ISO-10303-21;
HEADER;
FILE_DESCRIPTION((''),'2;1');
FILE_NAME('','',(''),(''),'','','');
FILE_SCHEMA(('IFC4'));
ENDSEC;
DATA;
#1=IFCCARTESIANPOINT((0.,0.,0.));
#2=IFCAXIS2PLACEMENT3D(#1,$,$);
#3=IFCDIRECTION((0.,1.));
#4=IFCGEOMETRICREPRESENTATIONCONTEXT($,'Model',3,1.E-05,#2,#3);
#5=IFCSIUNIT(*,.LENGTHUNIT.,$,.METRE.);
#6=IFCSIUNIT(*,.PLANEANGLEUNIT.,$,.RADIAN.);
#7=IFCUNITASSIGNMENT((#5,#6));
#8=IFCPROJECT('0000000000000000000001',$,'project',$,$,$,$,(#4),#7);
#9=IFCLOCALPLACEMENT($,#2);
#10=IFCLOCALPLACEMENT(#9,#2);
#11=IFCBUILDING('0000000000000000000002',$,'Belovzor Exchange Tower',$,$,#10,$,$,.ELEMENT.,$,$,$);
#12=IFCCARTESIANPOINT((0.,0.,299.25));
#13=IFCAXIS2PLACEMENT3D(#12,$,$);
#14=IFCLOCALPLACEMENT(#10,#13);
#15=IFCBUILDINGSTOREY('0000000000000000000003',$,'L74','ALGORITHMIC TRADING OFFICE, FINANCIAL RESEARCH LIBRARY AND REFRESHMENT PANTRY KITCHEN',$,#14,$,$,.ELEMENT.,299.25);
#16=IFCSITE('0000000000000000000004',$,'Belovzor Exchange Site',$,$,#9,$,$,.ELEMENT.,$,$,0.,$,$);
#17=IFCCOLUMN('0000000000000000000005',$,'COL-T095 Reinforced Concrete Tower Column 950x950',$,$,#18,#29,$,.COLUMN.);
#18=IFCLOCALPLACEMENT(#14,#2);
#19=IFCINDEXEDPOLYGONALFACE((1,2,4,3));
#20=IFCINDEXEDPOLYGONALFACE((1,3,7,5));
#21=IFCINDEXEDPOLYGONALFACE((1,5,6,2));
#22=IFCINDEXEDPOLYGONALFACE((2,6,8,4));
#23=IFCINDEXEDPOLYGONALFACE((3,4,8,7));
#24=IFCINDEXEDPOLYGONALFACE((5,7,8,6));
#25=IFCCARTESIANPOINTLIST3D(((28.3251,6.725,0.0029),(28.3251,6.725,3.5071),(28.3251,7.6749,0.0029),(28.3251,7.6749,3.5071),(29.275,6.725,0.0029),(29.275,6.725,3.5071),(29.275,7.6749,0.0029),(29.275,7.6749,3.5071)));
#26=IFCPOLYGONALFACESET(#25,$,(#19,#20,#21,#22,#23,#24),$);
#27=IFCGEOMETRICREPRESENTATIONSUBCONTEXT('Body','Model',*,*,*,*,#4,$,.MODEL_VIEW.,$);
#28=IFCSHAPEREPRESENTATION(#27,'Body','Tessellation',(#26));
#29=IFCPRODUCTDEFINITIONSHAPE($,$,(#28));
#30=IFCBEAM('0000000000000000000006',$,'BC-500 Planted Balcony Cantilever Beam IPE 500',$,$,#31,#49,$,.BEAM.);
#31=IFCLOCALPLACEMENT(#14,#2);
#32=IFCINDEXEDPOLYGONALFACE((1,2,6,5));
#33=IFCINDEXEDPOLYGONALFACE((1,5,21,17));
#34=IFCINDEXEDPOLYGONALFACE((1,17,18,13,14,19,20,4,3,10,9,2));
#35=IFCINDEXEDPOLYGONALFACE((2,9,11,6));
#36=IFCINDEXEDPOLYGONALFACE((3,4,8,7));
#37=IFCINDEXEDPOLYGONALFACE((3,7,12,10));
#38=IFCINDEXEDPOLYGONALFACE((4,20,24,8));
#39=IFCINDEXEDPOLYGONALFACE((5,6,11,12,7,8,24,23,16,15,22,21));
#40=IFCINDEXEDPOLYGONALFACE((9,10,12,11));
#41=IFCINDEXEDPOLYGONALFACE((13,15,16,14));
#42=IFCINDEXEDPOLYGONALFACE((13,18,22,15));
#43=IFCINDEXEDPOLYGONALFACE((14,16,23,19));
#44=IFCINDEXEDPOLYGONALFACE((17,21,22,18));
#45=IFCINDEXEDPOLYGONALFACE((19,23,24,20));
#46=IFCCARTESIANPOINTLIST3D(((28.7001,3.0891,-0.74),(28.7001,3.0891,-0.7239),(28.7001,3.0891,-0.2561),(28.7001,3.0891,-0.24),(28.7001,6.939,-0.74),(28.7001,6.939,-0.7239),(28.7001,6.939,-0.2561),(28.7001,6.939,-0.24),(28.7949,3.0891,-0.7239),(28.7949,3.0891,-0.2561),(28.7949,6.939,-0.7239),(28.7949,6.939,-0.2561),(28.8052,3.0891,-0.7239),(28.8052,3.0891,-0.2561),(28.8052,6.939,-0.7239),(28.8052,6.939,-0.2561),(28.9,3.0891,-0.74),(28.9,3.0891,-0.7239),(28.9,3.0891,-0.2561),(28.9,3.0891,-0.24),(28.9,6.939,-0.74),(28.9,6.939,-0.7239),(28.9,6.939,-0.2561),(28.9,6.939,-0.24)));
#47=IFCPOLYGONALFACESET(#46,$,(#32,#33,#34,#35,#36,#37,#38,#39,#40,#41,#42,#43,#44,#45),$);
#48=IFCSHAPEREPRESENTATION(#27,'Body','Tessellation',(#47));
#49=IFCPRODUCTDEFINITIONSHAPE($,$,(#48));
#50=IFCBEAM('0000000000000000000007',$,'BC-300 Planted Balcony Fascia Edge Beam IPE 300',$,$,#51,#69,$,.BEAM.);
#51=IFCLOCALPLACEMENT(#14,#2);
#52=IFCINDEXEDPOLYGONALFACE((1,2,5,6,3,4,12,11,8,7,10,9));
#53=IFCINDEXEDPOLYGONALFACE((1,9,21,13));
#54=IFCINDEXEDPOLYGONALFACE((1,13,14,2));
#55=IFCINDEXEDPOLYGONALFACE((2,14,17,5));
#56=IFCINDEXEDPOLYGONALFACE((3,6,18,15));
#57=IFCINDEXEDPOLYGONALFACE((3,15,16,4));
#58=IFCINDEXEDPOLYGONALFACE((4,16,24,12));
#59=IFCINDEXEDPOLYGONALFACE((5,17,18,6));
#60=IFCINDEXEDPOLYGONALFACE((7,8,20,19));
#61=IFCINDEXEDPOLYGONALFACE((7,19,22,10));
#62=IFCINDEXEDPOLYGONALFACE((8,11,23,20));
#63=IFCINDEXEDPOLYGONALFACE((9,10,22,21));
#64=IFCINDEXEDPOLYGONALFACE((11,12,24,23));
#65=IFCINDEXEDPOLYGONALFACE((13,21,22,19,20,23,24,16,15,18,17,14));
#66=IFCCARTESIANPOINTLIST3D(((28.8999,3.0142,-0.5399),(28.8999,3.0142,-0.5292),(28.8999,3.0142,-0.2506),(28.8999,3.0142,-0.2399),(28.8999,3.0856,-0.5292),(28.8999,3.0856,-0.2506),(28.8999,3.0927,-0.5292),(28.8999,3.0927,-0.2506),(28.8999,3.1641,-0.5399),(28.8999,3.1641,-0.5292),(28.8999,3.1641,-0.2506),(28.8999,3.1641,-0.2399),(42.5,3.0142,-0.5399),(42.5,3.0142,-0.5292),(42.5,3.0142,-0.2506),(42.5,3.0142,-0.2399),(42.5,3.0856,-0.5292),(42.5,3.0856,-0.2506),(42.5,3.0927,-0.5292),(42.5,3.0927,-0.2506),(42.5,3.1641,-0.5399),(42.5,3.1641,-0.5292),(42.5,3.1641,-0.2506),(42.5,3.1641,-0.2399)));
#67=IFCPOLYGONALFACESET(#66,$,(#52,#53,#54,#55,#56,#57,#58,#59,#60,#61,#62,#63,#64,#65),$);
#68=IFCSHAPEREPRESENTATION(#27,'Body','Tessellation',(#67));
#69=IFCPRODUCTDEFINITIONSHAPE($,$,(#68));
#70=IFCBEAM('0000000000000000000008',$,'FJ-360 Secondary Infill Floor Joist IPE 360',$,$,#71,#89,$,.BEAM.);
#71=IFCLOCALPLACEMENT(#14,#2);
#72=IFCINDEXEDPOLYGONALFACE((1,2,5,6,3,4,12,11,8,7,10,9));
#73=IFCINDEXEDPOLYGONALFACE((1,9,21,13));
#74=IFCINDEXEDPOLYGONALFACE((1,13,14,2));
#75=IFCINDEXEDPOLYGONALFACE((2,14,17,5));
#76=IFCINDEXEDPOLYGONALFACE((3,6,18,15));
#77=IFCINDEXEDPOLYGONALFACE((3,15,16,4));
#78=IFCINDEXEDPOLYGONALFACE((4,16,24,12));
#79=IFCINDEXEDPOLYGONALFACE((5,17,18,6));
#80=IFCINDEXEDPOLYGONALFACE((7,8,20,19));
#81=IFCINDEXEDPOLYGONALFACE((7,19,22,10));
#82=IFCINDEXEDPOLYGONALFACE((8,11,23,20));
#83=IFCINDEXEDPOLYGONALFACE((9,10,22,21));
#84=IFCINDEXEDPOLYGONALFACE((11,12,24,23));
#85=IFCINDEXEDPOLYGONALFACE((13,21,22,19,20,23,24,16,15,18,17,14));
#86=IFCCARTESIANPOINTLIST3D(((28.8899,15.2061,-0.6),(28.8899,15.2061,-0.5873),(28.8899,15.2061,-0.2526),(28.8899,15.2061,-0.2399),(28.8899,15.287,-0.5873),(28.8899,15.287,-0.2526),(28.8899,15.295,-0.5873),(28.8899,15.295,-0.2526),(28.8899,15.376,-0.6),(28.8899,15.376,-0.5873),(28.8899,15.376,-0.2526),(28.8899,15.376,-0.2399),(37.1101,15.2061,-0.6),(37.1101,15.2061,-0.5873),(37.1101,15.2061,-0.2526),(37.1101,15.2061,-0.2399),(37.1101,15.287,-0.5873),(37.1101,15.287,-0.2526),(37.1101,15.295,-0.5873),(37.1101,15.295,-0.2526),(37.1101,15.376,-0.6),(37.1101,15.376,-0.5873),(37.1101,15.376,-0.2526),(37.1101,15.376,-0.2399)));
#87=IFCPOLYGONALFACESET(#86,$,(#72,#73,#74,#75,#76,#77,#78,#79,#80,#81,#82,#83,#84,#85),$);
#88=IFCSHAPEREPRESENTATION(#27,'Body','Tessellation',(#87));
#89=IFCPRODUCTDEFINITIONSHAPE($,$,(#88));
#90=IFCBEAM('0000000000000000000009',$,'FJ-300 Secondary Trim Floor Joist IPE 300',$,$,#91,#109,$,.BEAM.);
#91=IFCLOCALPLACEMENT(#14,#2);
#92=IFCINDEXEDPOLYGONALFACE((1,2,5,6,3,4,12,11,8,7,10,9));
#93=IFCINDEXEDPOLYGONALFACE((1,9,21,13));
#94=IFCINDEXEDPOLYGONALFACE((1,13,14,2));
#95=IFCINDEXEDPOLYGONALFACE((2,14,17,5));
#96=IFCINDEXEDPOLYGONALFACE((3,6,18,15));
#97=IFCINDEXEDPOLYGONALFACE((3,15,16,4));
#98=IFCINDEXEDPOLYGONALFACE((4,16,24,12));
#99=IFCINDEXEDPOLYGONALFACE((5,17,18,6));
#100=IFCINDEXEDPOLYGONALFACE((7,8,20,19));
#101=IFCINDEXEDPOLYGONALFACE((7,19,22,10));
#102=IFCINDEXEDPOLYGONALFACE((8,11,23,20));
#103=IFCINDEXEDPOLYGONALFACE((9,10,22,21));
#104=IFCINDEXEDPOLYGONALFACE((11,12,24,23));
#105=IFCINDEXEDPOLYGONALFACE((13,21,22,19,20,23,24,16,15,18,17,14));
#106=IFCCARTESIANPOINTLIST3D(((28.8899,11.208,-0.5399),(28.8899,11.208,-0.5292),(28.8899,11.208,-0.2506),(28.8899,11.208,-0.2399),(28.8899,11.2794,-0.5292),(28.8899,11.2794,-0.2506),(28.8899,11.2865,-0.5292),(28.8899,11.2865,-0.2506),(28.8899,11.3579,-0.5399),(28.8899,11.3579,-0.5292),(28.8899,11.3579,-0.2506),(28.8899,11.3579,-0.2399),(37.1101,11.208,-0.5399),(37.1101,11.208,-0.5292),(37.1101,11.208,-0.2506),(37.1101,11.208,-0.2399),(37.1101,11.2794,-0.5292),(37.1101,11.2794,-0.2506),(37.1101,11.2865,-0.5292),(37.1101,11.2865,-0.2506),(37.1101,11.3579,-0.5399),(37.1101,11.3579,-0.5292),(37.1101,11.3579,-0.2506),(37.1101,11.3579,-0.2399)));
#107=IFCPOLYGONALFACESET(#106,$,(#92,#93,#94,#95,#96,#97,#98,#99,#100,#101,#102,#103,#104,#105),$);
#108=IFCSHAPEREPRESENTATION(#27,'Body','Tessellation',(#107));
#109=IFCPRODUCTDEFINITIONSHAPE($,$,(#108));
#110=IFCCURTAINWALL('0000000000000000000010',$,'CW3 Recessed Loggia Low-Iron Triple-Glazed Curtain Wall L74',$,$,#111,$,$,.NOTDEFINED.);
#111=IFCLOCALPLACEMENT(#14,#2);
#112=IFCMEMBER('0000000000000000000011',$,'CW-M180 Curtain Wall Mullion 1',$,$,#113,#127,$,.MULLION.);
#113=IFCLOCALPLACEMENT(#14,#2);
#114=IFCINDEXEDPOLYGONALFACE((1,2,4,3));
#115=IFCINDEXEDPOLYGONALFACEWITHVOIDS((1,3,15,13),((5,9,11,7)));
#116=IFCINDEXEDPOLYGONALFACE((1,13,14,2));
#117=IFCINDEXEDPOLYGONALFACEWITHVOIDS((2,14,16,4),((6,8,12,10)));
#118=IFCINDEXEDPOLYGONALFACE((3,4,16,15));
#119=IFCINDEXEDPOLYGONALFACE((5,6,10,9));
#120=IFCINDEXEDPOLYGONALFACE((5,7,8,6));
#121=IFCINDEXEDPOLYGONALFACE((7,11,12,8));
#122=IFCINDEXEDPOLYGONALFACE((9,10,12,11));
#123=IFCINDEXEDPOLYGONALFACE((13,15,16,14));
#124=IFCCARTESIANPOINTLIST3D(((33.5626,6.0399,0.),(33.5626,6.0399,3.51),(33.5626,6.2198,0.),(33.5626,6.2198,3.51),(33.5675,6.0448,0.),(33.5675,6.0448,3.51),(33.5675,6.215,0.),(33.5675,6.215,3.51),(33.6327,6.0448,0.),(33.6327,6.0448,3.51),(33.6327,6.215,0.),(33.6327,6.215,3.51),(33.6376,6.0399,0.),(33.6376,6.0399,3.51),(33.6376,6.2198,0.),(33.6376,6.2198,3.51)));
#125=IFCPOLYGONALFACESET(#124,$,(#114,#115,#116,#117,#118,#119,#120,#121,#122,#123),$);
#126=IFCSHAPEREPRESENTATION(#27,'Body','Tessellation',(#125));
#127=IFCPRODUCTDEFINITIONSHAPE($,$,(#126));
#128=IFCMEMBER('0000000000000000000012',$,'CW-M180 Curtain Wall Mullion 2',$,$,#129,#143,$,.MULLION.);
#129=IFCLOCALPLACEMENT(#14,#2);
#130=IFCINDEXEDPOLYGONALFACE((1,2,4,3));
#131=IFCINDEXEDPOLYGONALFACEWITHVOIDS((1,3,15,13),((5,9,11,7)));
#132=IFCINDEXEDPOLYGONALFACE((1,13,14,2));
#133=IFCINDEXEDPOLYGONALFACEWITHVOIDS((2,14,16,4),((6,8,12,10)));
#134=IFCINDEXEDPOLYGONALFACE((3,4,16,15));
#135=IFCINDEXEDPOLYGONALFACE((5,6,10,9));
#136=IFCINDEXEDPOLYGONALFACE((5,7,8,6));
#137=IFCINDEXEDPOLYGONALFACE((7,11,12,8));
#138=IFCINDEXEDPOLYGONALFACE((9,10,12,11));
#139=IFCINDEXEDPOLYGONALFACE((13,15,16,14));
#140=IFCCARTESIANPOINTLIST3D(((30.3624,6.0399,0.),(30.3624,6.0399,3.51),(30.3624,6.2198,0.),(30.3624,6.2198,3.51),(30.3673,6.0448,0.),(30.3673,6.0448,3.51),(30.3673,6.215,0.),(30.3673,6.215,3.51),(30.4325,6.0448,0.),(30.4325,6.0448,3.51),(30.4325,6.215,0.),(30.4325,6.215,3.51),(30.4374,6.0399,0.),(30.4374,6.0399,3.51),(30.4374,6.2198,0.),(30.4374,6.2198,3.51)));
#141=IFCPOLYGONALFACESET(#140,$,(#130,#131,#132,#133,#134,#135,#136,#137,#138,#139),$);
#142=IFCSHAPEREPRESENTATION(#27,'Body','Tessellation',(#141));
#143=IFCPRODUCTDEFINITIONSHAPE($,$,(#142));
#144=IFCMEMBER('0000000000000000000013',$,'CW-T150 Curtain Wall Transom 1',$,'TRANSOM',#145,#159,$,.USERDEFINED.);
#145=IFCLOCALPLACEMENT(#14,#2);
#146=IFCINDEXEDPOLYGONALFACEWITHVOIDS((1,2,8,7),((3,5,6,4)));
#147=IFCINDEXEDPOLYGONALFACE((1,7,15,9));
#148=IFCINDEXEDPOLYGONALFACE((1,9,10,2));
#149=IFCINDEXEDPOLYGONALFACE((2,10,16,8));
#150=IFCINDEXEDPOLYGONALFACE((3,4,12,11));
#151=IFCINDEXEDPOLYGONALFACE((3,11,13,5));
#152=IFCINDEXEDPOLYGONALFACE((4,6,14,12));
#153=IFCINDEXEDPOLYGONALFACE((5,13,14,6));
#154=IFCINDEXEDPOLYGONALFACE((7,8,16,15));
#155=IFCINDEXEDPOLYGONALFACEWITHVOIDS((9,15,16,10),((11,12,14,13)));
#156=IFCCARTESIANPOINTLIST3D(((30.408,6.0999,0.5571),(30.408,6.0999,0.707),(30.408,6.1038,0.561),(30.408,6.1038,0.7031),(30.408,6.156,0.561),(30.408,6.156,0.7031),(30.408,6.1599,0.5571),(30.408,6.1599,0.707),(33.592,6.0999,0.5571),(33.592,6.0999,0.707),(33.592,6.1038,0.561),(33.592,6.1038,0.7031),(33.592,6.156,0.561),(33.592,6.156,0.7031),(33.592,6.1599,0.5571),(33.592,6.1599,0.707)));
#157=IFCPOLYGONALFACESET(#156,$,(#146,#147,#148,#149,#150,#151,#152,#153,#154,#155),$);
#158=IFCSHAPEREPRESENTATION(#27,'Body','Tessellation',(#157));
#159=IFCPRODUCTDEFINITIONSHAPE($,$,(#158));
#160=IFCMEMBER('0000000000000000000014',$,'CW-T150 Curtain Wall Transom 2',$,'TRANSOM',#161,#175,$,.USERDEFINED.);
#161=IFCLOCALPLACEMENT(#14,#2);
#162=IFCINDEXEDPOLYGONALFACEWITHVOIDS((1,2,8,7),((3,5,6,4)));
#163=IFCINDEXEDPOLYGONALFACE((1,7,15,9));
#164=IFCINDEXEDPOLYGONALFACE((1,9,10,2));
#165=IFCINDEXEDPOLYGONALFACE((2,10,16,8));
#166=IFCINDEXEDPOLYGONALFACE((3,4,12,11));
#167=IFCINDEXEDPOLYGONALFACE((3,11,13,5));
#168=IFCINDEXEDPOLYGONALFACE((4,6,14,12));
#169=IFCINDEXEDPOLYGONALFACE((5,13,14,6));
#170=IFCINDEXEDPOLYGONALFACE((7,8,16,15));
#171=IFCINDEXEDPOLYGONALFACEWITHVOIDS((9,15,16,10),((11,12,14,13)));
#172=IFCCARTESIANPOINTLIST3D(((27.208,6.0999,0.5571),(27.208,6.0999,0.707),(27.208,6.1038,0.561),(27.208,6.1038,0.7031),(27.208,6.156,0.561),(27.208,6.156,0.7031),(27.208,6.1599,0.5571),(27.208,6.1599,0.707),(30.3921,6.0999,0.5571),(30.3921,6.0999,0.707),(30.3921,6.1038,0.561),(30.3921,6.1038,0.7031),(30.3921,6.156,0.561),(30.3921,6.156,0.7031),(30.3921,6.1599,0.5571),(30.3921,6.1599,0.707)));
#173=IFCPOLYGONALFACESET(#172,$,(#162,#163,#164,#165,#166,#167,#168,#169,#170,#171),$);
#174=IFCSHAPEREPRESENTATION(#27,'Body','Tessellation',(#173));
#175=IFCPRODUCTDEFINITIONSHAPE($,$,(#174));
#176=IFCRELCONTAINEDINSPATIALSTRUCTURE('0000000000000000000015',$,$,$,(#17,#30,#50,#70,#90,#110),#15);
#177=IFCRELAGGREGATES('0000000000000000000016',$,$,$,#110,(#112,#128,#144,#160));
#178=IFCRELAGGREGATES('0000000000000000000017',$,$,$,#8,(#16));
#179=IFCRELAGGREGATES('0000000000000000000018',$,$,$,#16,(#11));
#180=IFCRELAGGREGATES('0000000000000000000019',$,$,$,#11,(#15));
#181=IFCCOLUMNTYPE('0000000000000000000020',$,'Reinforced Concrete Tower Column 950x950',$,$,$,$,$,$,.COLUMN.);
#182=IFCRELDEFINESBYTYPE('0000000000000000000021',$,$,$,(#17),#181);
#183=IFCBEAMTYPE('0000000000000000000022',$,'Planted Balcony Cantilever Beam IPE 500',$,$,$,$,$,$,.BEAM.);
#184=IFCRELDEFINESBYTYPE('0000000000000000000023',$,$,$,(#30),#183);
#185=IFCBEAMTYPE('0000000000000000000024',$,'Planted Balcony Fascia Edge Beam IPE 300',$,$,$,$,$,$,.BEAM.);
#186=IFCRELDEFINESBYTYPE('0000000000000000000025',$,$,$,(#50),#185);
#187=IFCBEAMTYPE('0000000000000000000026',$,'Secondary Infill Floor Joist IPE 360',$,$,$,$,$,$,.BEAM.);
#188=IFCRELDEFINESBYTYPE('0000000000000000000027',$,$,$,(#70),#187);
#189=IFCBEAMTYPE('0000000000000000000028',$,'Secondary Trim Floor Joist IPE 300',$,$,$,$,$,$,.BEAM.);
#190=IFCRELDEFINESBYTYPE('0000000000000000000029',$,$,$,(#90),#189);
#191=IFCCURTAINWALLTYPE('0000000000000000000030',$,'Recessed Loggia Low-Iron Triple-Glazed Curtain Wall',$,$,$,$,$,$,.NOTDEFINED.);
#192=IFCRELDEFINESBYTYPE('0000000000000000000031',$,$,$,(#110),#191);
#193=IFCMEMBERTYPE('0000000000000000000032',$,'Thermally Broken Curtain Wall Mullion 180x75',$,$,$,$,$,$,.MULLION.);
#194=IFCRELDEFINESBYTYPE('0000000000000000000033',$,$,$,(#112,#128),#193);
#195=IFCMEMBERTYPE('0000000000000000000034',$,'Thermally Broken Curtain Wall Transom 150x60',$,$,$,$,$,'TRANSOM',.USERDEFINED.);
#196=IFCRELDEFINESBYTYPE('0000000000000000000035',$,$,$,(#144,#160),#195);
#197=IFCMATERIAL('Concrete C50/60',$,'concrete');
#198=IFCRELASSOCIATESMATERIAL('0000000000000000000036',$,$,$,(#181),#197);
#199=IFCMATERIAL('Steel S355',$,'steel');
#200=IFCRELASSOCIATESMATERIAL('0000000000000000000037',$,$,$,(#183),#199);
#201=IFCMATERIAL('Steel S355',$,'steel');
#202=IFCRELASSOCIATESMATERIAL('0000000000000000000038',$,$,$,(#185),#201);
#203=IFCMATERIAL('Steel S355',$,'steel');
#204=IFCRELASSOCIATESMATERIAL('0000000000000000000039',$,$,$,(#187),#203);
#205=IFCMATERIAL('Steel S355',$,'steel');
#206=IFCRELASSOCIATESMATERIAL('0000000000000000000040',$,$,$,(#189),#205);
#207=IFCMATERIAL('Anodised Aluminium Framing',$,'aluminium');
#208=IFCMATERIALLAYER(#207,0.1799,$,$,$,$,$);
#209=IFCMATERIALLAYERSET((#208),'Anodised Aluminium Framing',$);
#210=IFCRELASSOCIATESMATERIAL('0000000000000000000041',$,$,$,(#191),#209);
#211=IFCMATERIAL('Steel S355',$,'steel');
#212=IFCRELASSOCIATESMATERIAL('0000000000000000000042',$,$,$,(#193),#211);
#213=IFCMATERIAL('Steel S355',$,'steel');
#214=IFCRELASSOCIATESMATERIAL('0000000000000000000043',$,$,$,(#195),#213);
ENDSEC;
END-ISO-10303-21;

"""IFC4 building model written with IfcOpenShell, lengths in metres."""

from ifc_helpers import new_model, si_unit, direction, frame, origin, origin_2d, place, context, subcontext, project, spatial, rectangle, hollow_rectangle, i_section, extrude, material, layer, layer_set, material_profile, profile_set, type_object, element, aggregate, save


model = new_model("IFC4")

# Units and contexts
model_context = context("Model", 3, precision=1e-05, world=origin(), true_north=direction((0.0, 1.0)))
body_context = subcontext(model_context, "Body", "Model", "MODEL_VIEW")
ifc_project = project(units=[si_unit("LENGTHUNIT", "METRE"), si_unit("PLANEANGLEUNIT", "RADIAN")], contexts=[model_context])

# Site, building, storey
site_placement = place(None, origin())
site = spatial("IfcSite", under=ifc_project, at=site_placement, Name="Belovzor Exchange Site", CompositionType="ELEMENT", RefElevation=0.0)
building_placement = place(site_placement, origin())
building = spatial("IfcBuilding", under=site, at=building_placement, Name="Belovzor Exchange Tower", CompositionType="ELEMENT")
storey_placement = place(building_placement, frame((0.0, 0.0, 299.25)))
storey = spatial("IfcBuildingStorey", under=building, at=storey_placement, Name="L74", Description="ALGORITHMIC TRADING OFFICE, FINANCIAL RESEARCH LIBRARY AND REFRESHMENT PANTRY KITCHEN", CompositionType="ELEMENT", Elevation=299.25)

# Column
ifc_material_1 = material(Name="Concrete C50/60", Category="concrete")
ifc_material_profile_1 = material_profile(ifc_material_1, rectangle(XDim=0.95, YDim=0.95, at=origin_2d()))
ifc_profile_set_1 = profile_set([ifc_material_profile_1], Name="Concrete C50/60")
column_type = type_object("IfcColumnType", Name="Reinforced Concrete Tower Column 950x950", PredefinedType="COLUMN", material=ifc_profile_set_1)
column_placement = place(storey_placement, frame((28.8, 7.2, 0.0029), z_axis=(0.0, 0.0, 1.0), x_axis=(1.0, 0.0, 0.0)))
element("IfcColumn", 1, at=column_placement, inside=storey, type_object=column_type, Name="COL-T095 Reinforced Concrete Tower Column 950x950", PredefinedType="COLUMN", context=body_context, shape_type="SweptSolid", body=[
    extrude(rectangle(XDim=0.95, YDim=0.95, at=origin_2d()), origin(), (0.0, 0.0, 1.0), 3.5042),
])

# Beams
ifc_material_2 = material(Name="Steel S355", Category="steel")
ifc_material_profile_2 = material_profile(ifc_material_2, i_section(OverallWidth=0.2, OverallDepth=0.5, WebThickness=0.0103, FlangeThickness=0.0161, at=origin_2d()))
ifc_profile_set_2 = profile_set([ifc_material_profile_2], Name="Steel S355")
beam_type_1 = type_object("IfcBeamType", Name="Planted Balcony Cantilever Beam IPE 500", PredefinedType="BEAM", material=ifc_profile_set_2)
beam_1_placement = place(storey_placement, frame((28.8, 6.939, -0.49), z_axis=(0.0, -1.0, 0.0), x_axis=(1.0, 0.0, 0.0)))
element("IfcBeam", 2, at=beam_1_placement, inside=storey, type_object=beam_type_1, Name="BC-500 Planted Balcony Cantilever Beam IPE 500", PredefinedType="BEAM", context=body_context, shape_type="SweptSolid", body=[
    extrude(i_section(OverallWidth=0.2, OverallDepth=0.5, WebThickness=0.0103, FlangeThickness=0.0161, at=origin_2d()), origin(), (0.0, 0.0, 1.0), 3.8499),
])
ifc_material_3 = material(Name="Steel S355", Category="steel")
ifc_material_profile_3 = material_profile(ifc_material_3, i_section(OverallWidth=0.1499, OverallDepth=0.3, WebThickness=0.0071, FlangeThickness=0.0107, at=origin_2d()))
ifc_profile_set_3 = profile_set([ifc_material_profile_3], Name="Steel S355")
beam_type_2 = type_object("IfcBeamType", Name="Planted Balcony Fascia Edge Beam IPE 300", PredefinedType="BEAM", material=ifc_profile_set_3)
beam_2_placement = place(storey_placement, frame((28.8999, 3.0891, -0.3899), z_axis=(1.0, 0.0, 0.0), x_axis=(0.0, 1.0, 0.0)))
element("IfcBeam", 3, at=beam_2_placement, inside=storey, type_object=beam_type_2, Name="BC-300 Planted Balcony Fascia Edge Beam IPE 300", PredefinedType="BEAM", context=body_context, shape_type="SweptSolid", body=[
    extrude(i_section(OverallWidth=0.1499, OverallDepth=0.3, WebThickness=0.0071, FlangeThickness=0.0107, at=origin_2d()), origin(), (0.0, 0.0, 1.0), 13.6001),
])
ifc_material_4 = material(Name="Steel S355", Category="steel")
ifc_material_profile_4 = material_profile(ifc_material_4, i_section(OverallWidth=0.1699, OverallDepth=0.3601, WebThickness=0.0081, FlangeThickness=0.0127, at=origin_2d()))
ifc_profile_set_4 = profile_set([ifc_material_profile_4], Name="Steel S355")
beam_type_3 = type_object("IfcBeamType", Name="Secondary Infill Floor Joist IPE 360", PredefinedType="BEAM", material=ifc_profile_set_4)
beam_3_placement = place(storey_placement, frame((28.8899, 15.291, -0.4199), z_axis=(1.0, 0.0, 0.0), x_axis=(0.0, 1.0, 0.0)))
element("IfcBeam", 4, at=beam_3_placement, inside=storey, type_object=beam_type_3, Name="FJ-360 Secondary Infill Floor Joist IPE 360", PredefinedType="BEAM", context=body_context, shape_type="SweptSolid", body=[
    extrude(i_section(OverallWidth=0.1699, OverallDepth=0.3601, WebThickness=0.0081, FlangeThickness=0.0127, at=origin_2d()), origin(), (0.0, 0.0, 1.0), 8.2202),
])
ifc_material_5 = material(Name="Steel S355", Category="steel")
ifc_material_profile_5 = material_profile(ifc_material_5, i_section(OverallWidth=0.1499, OverallDepth=0.3, WebThickness=0.0071, FlangeThickness=0.0107, at=origin_2d()))
ifc_profile_set_5 = profile_set([ifc_material_profile_5], Name="Steel S355")
beam_type_4 = type_object("IfcBeamType", Name="Secondary Trim Floor Joist IPE 300", PredefinedType="BEAM", material=ifc_profile_set_5)
beam_4_placement = place(storey_placement, frame((28.8899, 11.283, -0.3899), z_axis=(1.0, 0.0, 0.0), x_axis=(0.0, 1.0, 0.0)))
element("IfcBeam", 5, at=beam_4_placement, inside=storey, type_object=beam_type_4, Name="FJ-300 Secondary Trim Floor Joist IPE 300", PredefinedType="BEAM", context=body_context, shape_type="SweptSolid", body=[
    extrude(i_section(OverallWidth=0.1499, OverallDepth=0.3, WebThickness=0.0071, FlangeThickness=0.0107, at=origin_2d()), origin(), (0.0, 0.0, 1.0), 8.2202),
])

# Curtain wall, members
ifc_material_6 = material(Name="Anodised Aluminium Framing", Category="aluminium")
ifc_layer_1 = layer(ifc_material_6, 0.1799)
ifc_layer_set_1 = layer_set([ifc_layer_1], Name="Anodised Aluminium Framing")
curtain_wall_type = type_object("IfcCurtainWallType", Name="Recessed Loggia Low-Iron Triple-Glazed Curtain Wall", PredefinedType="NOTDEFINED", material=ifc_layer_set_1)
curtain_wall_placement = place(storey_placement, origin())
curtain_wall = element("IfcCurtainWall", 6, at=curtain_wall_placement, inside=storey, type_object=curtain_wall_type, Name="CW3 Recessed Loggia Low-Iron Triple-Glazed Curtain Wall L74", PredefinedType="NOTDEFINED")
ifc_material_7 = material(Name="Steel S355", Category="steel")
ifc_material_profile_6 = material_profile(ifc_material_7, hollow_rectangle(XDim=0.075, YDim=0.1799, WallThickness=0.0049, at=origin_2d()))
ifc_profile_set_6 = profile_set([ifc_material_profile_6], Name="Steel S355")
member_type_1 = type_object("IfcMemberType", Name="Thermally Broken Curtain Wall Mullion 180x75", PredefinedType="MULLION", material=ifc_profile_set_6)
member_1_placement = place(storey_placement, frame((33.6001, 6.1299, 0.0), z_axis=(0.0, 0.0, 1.0), x_axis=(-1.0, 0.0, 0.0)))
member_1 = element("IfcMember", 7, at=member_1_placement, type_object=member_type_1, Name="CW-M180 Curtain Wall Mullion 1", PredefinedType="MULLION", context=body_context, shape_type="SweptSolid", body=[
    extrude(hollow_rectangle(XDim=0.075, YDim=0.1799, WallThickness=0.0049, at=origin_2d()), origin(), (0.0, 0.0, 1.0), 3.51),
])
member_2_placement = place(storey_placement, frame((30.3999, 6.1299, 0.0), z_axis=(0.0, 0.0, 1.0), x_axis=(-1.0, 0.0, 0.0)))
member_2 = element("IfcMember", 8, at=member_2_placement, type_object=member_type_1, Name="CW-M180 Curtain Wall Mullion 2", PredefinedType="MULLION", context=body_context, shape_type="SweptSolid", body=[
    extrude(hollow_rectangle(XDim=0.075, YDim=0.1799, WallThickness=0.0049, at=origin_2d()), origin(), (0.0, 0.0, 1.0), 3.51),
])
ifc_material_8 = material(Name="Steel S355", Category="steel")
ifc_material_profile_7 = material_profile(ifc_material_8, hollow_rectangle(XDim=0.0601, YDim=0.1499, WallThickness=0.0039, at=origin_2d()))
ifc_profile_set_7 = profile_set([ifc_material_profile_7], Name="Steel S355")
member_type_2 = type_object("IfcMemberType", Name="Thermally Broken Curtain Wall Transom 150x60", ElementType="TRANSOM", PredefinedType="USERDEFINED", material=ifc_profile_set_7)
member_3_placement = place(storey_placement, frame((33.592, 6.1299, 0.6321), z_axis=(-1.0, 0.0, 0.0), x_axis=(0.0, -1.0, 0.0)))
member_3 = element("IfcMember", 9, at=member_3_placement, type_object=member_type_2, Name="CW-T150 Curtain Wall Transom 1", ObjectType="TRANSOM", PredefinedType="USERDEFINED", context=body_context, shape_type="SweptSolid", body=[
    extrude(hollow_rectangle(XDim=0.0601, YDim=0.1499, WallThickness=0.0039, at=origin_2d()), origin(), (0.0, 0.0, 1.0), 3.1841),
])
member_4_placement = place(storey_placement, frame((30.3921, 6.1299, 0.6321), z_axis=(-1.0, 0.0, 0.0), x_axis=(0.0, -1.0, 0.0)))
member_4 = element("IfcMember", 10, at=member_4_placement, type_object=member_type_2, Name="CW-T150 Curtain Wall Transom 2", ObjectType="TRANSOM", PredefinedType="USERDEFINED", context=body_context, shape_type="SweptSolid", body=[
    extrude(hollow_rectangle(XDim=0.0601, YDim=0.1499, WallThickness=0.0039, at=origin_2d()), origin(), (0.0, 0.0, 1.0), 3.1841),
])

aggregate(curtain_wall, [member_1, member_2, member_3, member_4])

save(model, "model.ifc")
